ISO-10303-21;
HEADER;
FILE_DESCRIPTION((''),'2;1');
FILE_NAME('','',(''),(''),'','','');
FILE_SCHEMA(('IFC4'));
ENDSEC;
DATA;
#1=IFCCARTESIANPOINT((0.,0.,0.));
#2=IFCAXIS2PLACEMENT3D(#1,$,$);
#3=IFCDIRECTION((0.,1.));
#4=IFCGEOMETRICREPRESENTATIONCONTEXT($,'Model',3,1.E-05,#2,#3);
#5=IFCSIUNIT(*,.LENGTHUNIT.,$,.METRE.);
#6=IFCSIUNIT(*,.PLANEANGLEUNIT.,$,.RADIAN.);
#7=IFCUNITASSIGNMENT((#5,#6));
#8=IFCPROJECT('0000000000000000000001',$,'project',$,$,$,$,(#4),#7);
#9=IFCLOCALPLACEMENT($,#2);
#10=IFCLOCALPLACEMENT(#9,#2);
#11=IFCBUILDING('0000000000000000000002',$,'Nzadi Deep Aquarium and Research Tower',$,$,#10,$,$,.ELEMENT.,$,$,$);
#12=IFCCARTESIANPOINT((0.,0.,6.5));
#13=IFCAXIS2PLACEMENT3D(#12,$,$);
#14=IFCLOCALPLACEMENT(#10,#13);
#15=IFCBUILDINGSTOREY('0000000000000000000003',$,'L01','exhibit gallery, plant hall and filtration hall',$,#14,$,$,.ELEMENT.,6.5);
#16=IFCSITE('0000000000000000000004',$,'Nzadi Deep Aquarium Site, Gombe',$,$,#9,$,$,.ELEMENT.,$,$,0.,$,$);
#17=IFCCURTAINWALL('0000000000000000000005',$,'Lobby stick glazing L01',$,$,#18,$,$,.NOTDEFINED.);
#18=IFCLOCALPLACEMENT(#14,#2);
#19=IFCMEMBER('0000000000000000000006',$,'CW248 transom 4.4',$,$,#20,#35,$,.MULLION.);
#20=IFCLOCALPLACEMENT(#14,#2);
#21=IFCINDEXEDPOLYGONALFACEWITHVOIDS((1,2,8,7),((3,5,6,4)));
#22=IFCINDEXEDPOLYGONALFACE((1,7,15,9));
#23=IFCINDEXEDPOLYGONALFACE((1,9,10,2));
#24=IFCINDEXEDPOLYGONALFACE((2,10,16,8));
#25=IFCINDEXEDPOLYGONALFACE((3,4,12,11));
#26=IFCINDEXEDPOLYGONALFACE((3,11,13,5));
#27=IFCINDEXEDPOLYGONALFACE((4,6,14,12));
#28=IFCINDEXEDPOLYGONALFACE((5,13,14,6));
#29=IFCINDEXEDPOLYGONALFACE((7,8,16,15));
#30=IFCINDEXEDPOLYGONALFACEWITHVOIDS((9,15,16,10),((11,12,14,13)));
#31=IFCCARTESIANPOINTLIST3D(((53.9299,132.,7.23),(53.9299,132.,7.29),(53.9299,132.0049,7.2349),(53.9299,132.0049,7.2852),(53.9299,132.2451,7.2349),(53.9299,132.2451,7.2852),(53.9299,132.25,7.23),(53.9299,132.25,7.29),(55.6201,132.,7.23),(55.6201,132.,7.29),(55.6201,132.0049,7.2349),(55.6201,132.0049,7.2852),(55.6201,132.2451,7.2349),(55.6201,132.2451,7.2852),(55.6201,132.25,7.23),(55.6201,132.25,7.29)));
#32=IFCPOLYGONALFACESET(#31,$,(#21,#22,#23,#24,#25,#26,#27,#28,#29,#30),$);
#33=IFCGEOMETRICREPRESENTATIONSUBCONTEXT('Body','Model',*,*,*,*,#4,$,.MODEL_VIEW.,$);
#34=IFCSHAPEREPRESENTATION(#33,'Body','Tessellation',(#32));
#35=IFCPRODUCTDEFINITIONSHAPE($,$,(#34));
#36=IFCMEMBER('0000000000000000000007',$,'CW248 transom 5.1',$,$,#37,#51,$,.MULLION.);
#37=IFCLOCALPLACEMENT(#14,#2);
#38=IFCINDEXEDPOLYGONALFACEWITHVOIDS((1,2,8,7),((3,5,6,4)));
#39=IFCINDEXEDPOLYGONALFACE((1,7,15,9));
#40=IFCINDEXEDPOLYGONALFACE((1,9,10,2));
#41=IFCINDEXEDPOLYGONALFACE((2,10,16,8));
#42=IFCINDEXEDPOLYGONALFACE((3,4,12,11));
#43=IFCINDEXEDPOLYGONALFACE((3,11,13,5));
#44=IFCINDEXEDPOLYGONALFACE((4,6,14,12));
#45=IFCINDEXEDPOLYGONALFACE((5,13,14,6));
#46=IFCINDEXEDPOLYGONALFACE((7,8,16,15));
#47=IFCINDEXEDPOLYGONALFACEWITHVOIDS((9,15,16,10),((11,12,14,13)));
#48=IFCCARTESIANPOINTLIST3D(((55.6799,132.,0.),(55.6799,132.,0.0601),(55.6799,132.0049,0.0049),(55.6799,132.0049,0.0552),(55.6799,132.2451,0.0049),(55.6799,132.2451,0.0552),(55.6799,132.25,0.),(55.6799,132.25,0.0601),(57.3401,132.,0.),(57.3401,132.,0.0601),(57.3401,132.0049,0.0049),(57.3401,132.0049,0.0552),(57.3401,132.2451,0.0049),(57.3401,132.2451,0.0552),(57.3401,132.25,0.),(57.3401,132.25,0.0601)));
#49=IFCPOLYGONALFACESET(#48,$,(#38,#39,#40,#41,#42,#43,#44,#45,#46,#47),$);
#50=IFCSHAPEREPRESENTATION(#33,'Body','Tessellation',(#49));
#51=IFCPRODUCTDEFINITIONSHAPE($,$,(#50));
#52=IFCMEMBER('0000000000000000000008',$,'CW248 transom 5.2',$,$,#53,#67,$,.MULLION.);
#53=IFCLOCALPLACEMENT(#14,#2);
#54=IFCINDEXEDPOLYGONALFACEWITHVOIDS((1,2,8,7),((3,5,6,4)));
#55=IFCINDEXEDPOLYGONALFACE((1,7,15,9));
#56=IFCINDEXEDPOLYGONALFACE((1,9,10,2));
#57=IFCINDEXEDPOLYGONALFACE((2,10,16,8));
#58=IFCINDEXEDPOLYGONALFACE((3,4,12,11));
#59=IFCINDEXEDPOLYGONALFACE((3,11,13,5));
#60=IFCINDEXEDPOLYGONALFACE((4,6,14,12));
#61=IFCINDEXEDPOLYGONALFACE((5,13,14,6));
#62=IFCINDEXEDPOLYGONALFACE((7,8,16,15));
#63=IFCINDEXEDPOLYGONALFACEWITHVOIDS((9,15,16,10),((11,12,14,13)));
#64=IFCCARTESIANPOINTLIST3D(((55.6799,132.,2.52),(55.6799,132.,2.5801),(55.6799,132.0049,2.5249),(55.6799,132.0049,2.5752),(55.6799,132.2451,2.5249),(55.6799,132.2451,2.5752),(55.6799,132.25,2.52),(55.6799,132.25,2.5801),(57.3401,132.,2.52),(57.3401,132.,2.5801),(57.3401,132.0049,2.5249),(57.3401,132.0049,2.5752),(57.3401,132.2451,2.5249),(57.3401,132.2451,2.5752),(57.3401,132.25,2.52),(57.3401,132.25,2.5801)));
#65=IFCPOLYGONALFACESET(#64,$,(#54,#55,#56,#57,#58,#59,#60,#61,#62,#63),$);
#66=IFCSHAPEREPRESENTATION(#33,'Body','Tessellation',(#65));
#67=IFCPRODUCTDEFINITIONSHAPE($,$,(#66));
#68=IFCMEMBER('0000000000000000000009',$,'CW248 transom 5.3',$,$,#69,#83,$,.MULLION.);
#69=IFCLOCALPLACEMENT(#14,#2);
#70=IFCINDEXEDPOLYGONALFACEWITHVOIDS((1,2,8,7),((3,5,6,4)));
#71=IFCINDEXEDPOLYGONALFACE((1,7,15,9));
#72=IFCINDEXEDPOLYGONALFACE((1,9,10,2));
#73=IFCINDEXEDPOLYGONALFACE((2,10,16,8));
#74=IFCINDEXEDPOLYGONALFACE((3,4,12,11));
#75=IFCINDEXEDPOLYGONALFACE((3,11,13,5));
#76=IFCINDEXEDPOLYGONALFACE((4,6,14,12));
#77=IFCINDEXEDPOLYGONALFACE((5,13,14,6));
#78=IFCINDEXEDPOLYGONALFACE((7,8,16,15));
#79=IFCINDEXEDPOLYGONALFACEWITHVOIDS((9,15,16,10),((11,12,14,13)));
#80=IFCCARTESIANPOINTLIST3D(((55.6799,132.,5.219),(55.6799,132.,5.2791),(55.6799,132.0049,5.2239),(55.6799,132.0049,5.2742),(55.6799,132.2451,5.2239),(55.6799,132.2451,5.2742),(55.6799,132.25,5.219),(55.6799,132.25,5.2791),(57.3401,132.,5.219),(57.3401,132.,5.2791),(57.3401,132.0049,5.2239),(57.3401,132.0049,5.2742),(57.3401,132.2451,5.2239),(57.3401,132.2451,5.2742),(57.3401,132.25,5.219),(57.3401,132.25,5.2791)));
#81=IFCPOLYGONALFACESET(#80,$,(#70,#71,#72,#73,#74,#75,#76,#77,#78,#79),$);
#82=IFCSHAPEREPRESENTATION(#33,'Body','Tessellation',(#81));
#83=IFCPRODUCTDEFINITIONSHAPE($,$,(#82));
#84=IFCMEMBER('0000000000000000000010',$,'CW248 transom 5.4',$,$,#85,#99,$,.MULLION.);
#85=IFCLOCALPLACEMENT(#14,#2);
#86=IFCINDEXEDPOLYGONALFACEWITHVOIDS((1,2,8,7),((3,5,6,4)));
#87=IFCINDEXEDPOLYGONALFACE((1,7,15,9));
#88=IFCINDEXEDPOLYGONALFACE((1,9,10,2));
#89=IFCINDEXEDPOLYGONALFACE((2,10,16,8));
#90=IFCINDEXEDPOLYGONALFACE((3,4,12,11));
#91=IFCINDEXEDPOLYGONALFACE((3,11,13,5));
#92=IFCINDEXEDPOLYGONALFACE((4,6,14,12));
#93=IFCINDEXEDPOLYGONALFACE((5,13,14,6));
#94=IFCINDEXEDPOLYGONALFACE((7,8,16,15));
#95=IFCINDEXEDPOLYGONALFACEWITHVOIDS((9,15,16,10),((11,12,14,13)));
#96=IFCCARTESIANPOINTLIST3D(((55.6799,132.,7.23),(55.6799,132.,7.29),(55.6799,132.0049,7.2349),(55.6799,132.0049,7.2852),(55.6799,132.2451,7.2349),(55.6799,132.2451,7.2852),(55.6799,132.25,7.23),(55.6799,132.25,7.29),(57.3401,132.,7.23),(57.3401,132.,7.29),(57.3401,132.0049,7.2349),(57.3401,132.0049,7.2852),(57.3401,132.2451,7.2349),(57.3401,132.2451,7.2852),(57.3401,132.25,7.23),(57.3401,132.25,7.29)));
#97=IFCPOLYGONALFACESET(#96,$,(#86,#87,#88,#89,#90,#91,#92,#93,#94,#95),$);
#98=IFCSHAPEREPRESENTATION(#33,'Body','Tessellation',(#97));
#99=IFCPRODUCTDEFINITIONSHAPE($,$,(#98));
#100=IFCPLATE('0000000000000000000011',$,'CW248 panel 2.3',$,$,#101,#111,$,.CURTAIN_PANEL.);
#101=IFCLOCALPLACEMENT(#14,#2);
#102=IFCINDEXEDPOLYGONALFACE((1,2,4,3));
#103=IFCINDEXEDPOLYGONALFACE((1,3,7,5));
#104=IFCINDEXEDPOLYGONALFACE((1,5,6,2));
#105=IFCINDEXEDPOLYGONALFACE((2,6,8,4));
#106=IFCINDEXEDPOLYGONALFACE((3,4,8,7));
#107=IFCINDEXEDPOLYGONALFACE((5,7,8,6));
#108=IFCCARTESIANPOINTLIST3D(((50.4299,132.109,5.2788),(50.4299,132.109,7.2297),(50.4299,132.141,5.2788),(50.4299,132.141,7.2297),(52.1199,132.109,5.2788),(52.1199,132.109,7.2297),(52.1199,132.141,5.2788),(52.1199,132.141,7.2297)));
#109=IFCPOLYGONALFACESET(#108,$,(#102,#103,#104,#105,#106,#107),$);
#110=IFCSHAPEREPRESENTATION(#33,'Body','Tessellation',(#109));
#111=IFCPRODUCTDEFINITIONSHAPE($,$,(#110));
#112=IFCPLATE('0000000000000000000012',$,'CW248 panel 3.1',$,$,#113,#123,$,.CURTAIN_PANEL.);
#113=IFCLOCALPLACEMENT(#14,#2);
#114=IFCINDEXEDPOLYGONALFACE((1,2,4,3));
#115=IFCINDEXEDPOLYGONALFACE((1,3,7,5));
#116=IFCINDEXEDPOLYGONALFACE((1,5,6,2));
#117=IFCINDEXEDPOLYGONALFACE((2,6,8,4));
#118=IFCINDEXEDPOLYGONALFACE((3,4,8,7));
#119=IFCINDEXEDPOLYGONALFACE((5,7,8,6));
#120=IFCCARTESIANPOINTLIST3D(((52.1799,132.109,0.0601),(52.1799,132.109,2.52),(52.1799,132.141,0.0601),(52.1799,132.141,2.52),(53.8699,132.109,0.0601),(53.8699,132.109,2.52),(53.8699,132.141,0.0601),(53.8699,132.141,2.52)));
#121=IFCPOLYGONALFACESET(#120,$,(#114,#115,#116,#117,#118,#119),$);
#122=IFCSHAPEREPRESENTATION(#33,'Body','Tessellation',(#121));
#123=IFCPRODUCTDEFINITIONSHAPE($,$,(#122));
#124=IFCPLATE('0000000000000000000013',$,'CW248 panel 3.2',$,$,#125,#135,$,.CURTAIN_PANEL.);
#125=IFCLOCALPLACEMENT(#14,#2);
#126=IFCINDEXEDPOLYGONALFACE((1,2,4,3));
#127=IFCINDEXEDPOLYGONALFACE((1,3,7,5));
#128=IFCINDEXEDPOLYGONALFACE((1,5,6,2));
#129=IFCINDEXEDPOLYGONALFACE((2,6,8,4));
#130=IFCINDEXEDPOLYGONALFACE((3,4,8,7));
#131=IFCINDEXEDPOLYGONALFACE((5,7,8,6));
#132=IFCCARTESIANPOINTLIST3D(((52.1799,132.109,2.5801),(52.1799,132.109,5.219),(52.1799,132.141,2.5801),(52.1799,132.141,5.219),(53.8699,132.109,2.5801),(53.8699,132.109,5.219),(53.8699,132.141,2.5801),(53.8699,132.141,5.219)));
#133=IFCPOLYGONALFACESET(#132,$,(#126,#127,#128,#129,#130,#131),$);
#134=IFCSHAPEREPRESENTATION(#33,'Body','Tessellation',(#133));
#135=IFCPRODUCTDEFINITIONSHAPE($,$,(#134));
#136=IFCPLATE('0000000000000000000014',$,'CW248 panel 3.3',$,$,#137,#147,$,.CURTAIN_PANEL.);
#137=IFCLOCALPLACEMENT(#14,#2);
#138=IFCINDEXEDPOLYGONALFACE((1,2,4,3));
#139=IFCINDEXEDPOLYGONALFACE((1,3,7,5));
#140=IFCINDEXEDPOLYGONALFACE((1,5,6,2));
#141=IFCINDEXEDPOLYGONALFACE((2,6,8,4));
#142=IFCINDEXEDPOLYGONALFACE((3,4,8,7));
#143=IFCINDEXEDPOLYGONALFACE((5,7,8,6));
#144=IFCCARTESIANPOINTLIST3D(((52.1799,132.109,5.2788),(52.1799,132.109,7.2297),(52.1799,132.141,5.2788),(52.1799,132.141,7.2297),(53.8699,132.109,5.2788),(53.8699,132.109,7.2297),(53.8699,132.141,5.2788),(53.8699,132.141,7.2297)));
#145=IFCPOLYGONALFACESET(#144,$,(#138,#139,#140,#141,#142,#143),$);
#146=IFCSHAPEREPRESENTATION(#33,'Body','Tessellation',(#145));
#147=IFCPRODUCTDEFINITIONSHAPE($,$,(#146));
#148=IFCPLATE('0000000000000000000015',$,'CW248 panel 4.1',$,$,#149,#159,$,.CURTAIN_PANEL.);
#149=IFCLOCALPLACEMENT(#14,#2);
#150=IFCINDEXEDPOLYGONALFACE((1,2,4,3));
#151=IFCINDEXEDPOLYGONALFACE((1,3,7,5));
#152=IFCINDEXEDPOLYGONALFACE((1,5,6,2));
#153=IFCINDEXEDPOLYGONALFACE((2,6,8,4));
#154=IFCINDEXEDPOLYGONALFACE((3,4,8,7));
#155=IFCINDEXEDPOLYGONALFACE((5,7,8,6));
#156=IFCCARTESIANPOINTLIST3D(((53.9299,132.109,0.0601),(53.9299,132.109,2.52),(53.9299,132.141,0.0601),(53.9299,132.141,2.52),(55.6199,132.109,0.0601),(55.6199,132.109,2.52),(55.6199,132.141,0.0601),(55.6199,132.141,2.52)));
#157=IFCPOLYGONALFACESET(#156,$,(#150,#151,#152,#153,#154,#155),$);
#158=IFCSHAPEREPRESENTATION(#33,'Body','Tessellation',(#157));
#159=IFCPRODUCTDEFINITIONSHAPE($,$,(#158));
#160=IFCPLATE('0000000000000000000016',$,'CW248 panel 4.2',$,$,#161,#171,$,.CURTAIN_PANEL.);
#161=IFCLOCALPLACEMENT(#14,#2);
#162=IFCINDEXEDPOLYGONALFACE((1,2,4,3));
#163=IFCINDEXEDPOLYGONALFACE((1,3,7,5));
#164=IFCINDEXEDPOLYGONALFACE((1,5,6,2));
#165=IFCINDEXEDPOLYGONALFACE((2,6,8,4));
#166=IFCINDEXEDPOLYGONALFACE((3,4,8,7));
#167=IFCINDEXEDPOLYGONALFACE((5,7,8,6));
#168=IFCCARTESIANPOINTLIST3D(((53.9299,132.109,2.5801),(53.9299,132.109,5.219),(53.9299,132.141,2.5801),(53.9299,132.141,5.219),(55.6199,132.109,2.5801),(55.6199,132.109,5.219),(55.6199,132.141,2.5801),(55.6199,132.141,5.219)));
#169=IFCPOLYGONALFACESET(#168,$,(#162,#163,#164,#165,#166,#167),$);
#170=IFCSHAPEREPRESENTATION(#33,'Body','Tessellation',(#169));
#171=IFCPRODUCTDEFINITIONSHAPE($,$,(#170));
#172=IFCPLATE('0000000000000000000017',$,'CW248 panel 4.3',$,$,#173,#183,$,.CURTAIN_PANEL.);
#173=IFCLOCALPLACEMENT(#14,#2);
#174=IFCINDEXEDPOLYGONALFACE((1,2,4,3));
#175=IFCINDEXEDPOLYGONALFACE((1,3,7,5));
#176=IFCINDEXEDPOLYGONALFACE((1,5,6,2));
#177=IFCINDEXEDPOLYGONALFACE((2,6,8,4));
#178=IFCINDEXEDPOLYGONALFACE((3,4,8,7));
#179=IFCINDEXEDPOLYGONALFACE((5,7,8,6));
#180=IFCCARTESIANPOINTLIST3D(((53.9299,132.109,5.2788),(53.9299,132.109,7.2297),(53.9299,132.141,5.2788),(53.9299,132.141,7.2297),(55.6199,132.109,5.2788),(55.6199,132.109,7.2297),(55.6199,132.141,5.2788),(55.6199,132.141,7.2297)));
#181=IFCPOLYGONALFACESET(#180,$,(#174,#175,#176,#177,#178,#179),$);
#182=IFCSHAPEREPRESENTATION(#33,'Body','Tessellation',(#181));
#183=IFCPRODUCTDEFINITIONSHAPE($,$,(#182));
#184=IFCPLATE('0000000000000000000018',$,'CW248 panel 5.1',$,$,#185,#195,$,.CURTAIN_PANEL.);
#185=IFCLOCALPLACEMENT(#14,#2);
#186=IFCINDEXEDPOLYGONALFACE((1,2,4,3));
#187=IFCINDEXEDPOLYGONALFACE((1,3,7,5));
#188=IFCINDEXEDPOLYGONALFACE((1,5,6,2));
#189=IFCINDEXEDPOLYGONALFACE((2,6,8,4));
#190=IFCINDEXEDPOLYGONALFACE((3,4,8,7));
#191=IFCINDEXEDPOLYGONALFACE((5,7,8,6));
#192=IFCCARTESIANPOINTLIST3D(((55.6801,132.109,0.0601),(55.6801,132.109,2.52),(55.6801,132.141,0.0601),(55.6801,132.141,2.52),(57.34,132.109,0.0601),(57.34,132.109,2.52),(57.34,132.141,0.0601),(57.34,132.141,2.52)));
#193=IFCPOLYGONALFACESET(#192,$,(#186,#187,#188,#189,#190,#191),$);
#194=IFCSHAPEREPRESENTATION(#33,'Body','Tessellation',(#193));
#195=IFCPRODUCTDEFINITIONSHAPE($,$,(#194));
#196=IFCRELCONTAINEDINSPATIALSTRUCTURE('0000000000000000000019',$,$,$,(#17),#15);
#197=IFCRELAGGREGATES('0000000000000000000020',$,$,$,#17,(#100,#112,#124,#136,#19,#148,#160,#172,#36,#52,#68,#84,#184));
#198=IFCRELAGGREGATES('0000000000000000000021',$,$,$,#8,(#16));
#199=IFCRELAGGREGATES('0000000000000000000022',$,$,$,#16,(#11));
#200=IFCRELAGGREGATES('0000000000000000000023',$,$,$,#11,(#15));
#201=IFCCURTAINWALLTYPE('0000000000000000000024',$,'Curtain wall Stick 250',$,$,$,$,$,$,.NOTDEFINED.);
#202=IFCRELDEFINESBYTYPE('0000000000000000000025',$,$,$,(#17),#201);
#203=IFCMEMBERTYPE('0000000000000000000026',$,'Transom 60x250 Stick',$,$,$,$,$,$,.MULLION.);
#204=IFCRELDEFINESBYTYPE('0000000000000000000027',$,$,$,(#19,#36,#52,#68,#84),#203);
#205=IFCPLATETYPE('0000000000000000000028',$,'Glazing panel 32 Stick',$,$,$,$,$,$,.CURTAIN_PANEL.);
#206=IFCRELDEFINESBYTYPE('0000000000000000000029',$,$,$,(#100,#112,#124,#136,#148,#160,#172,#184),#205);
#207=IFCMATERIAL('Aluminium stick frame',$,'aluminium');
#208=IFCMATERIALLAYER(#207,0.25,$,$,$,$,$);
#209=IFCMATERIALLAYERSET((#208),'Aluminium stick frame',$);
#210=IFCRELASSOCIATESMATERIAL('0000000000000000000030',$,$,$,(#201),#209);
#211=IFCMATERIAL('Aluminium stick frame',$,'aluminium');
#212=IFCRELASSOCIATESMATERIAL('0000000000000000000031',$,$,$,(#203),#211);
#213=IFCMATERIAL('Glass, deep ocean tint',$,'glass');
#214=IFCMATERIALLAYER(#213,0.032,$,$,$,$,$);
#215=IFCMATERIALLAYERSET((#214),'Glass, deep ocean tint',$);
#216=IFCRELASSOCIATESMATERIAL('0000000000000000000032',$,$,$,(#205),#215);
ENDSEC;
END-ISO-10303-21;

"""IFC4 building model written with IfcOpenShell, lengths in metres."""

from ifc_helpers import new_model, si_unit, direction, frame, origin, origin_2d, place, context, subcontext, project, spatial, rectangle, hollow_rectangle, extrude, material, layer, layer_set, material_profile, profile_set, type_object, element, aggregate, save


model = new_model("IFC4")

# Units and contexts
model_context = context("Model", 3, precision=1e-05, world=origin(), true_north=direction((0.0, 1.0)))
body_context = subcontext(model_context, "Body", "Model", "MODEL_VIEW")
ifc_project = project(units=[si_unit("LENGTHUNIT", "METRE"), si_unit("PLANEANGLEUNIT", "RADIAN")], contexts=[model_context])

# Site, building, storey
site_placement = place(None, origin())
site = spatial("IfcSite", under=ifc_project, at=site_placement, Name="Nzadi Deep Aquarium Site, Gombe", CompositionType="ELEMENT", RefElevation=0.0)
building_placement = place(site_placement, origin())
building = spatial("IfcBuilding", under=site, at=building_placement, Name="Nzadi Deep Aquarium and Research Tower", CompositionType="ELEMENT")
storey_placement = place(building_placement, frame((0.0, 0.0, 6.5)))
storey = spatial("IfcBuildingStorey", under=building, at=storey_placement, Name="L01", Description="exhibit gallery, plant hall and filtration hall", CompositionType="ELEMENT", Elevation=6.5)

# Curtain wall, members, plates
ifc_material_1 = material(Name="Aluminium stick frame", Category="aluminium")
ifc_layer_1 = layer(ifc_material_1, 0.25)
ifc_layer_set_1 = layer_set([ifc_layer_1], Name="Aluminium stick frame")
curtain_wall_type = type_object("IfcCurtainWallType", Name="Curtain wall Stick 250", PredefinedType="NOTDEFINED", material=ifc_layer_set_1)
curtain_wall_placement = place(storey_placement, origin())
curtain_wall = element("IfcCurtainWall", 1, at=curtain_wall_placement, inside=storey, type_object=curtain_wall_type, Name="Lobby stick glazing L01", PredefinedType="NOTDEFINED")
ifc_material_2 = material(Name="Aluminium stick frame", Category="aluminium")
ifc_material_profile_1 = material_profile(ifc_material_2, hollow_rectangle(XDim=0.25, YDim=0.0601, WallThickness=0.0049, at=origin_2d()))
ifc_profile_set_1 = profile_set([ifc_material_profile_1], Name="Aluminium stick frame")
member_type_1 = type_object("IfcMemberType", Name="Transom 60x250 Stick", PredefinedType="MULLION", material=ifc_profile_set_1)
member_1_placement = place(storey_placement, frame((53.9299, 132.125, 7.26), z_axis=(1.0, 0.0, 0.0), x_axis=(0.0, 1.0, 0.0)))
member_1 = element("IfcMember", 2, at=member_1_placement, type_object=member_type_1, Name="CW248 transom 4.4", PredefinedType="MULLION", context=body_context, shape_type="SweptSolid", body=[
    extrude(hollow_rectangle(XDim=0.25, YDim=0.0601, WallThickness=0.0049, at=origin_2d()), origin(), (0.0, 0.0, 1.0), 1.6902),
])
member_2_placement = place(storey_placement, frame((55.6799, 132.125, 0.03), z_axis=(1.0, 0.0, 0.0), x_axis=(0.0, 1.0, 0.0)))
member_2 = element("IfcMember", 3, at=member_2_placement, type_object=member_type_1, Name="CW248 transom 5.1", PredefinedType="MULLION", context=body_context, shape_type="SweptSolid", body=[
    extrude(hollow_rectangle(XDim=0.25, YDim=0.0601, WallThickness=0.0049, at=origin_2d()), origin(), (0.0, 0.0, 1.0), 1.6602),
])
member_3_placement = place(storey_placement, frame((55.6799, 132.125, 2.55), z_axis=(1.0, 0.0, 0.0), x_axis=(0.0, 1.0, 0.0)))
member_3 = element("IfcMember", 4, at=member_3_placement, type_object=member_type_1, Name="CW248 transom 5.2", PredefinedType="MULLION", context=body_context, shape_type="SweptSolid", body=[
    extrude(hollow_rectangle(XDim=0.25, YDim=0.0601, WallThickness=0.0049, at=origin_2d()), origin(), (0.0, 0.0, 1.0), 1.6602),
])
member_4_placement = place(storey_placement, frame((55.6799, 132.125, 5.249), z_axis=(1.0, 0.0, 0.0), x_axis=(0.0, 1.0, 0.0)))
member_4 = element("IfcMember", 5, at=member_4_placement, type_object=member_type_1, Name="CW248 transom 5.3", PredefinedType="MULLION", context=body_context, shape_type="SweptSolid", body=[
    extrude(hollow_rectangle(XDim=0.25, YDim=0.0601, WallThickness=0.0049, at=origin_2d()), origin(), (0.0, 0.0, 1.0), 1.6602),
])
member_5_placement = place(storey_placement, frame((55.6799, 132.125, 7.26), z_axis=(1.0, 0.0, 0.0), x_axis=(0.0, 1.0, 0.0)))
member_5 = element("IfcMember", 6, at=member_5_placement, type_object=member_type_1, Name="CW248 transom 5.4", PredefinedType="MULLION", context=body_context, shape_type="SweptSolid", body=[
    extrude(hollow_rectangle(XDim=0.25, YDim=0.0601, WallThickness=0.0049, at=origin_2d()), origin(), (0.0, 0.0, 1.0), 1.6602),
])
ifc_material_3 = material(Name="Glass, deep ocean tint", Category="glass")
ifc_layer_2 = layer(ifc_material_3, 0.032)
ifc_layer_set_2 = layer_set([ifc_layer_2], Name="Glass, deep ocean tint")
plate_type = type_object("IfcPlateType", Name="Glazing panel 32 Stick", PredefinedType="CURTAIN_PANEL", material=ifc_layer_set_2)
plate_1_placement = place(storey_placement, frame((51.2749, 132.125, 5.2788), z_axis=(0.0, 0.0, 1.0), x_axis=(1.0, 0.0, 0.0)))
plate_1 = element("IfcPlate", 7, at=plate_1_placement, type_object=plate_type, Name="CW248 panel 2.3", PredefinedType="CURTAIN_PANEL", context=body_context, shape_type="SweptSolid", body=[
    extrude(rectangle(XDim=1.6899, YDim=0.032, at=origin_2d()), origin(), (0.0, 0.0, 1.0), 1.9509),
])
plate_2_placement = place(storey_placement, frame((53.0249, 132.125, 0.0601), z_axis=(0.0, 0.0, 1.0), x_axis=(1.0, 0.0, 0.0)))
plate_2 = element("IfcPlate", 8, at=plate_2_placement, type_object=plate_type, Name="CW248 panel 3.1", PredefinedType="CURTAIN_PANEL", context=body_context, shape_type="SweptSolid", body=[
    extrude(rectangle(XDim=1.6899, YDim=0.032, at=origin_2d()), origin(), (0.0, 0.0, 1.0), 2.46),
])
plate_3_placement = place(storey_placement, frame((53.0249, 132.125, 2.5801), z_axis=(0.0, 0.0, 1.0), x_axis=(1.0, 0.0, 0.0)))
plate_3 = element("IfcPlate", 9, at=plate_3_placement, type_object=plate_type, Name="CW248 panel 3.2", PredefinedType="CURTAIN_PANEL", context=body_context, shape_type="SweptSolid", body=[
    extrude(rectangle(XDim=1.6899, YDim=0.032, at=origin_2d()), origin(), (0.0, 0.0, 1.0), 2.6389),
])
plate_4_placement = place(storey_placement, frame((53.0249, 132.125, 5.2788), z_axis=(0.0, 0.0, 1.0), x_axis=(1.0, 0.0, 0.0)))
plate_4 = element("IfcPlate", 10, at=plate_4_placement, type_object=plate_type, Name="CW248 panel 3.3", PredefinedType="CURTAIN_PANEL", context=body_context, shape_type="SweptSolid", body=[
    extrude(rectangle(XDim=1.6899, YDim=0.032, at=origin_2d()), origin(), (0.0, 0.0, 1.0), 1.9509),
])
plate_5_placement = place(storey_placement, frame((54.7749, 132.125, 0.0601), z_axis=(0.0, 0.0, 1.0), x_axis=(1.0, 0.0, 0.0)))
plate_5 = element("IfcPlate", 11, at=plate_5_placement, type_object=plate_type, Name="CW248 panel 4.1", PredefinedType="CURTAIN_PANEL", context=body_context, shape_type="SweptSolid", body=[
    extrude(rectangle(XDim=1.6899, YDim=0.032, at=origin_2d()), origin(), (0.0, 0.0, 1.0), 2.46),
])
plate_6_placement = place(storey_placement, frame((54.7749, 132.125, 2.5801), z_axis=(0.0, 0.0, 1.0), x_axis=(1.0, 0.0, 0.0)))
plate_6 = element("IfcPlate", 12, at=plate_6_placement, type_object=plate_type, Name="CW248 panel 4.2", PredefinedType="CURTAIN_PANEL", context=body_context, shape_type="SweptSolid", body=[
    extrude(rectangle(XDim=1.6899, YDim=0.032, at=origin_2d()), origin(), (0.0, 0.0, 1.0), 2.6389),
])
plate_7_placement = place(storey_placement, frame((54.7749, 132.125, 5.2788), z_axis=(0.0, 0.0, 1.0), x_axis=(1.0, 0.0, 0.0)))
plate_7 = element("IfcPlate", 13, at=plate_7_placement, type_object=plate_type, Name="CW248 panel 4.3", PredefinedType="CURTAIN_PANEL", context=body_context, shape_type="SweptSolid", body=[
    extrude(rectangle(XDim=1.6899, YDim=0.032, at=origin_2d()), origin(), (0.0, 0.0, 1.0), 1.9509),
])
plate_8_placement = place(storey_placement, frame((56.51, 132.125, 0.0601), z_axis=(0.0, 0.0, 1.0), x_axis=(1.0, 0.0, 0.0)))
plate_8 = element("IfcPlate", 14, at=plate_8_placement, type_object=plate_type, Name="CW248 panel 5.1", PredefinedType="CURTAIN_PANEL", context=body_context, shape_type="SweptSolid", body=[
    extrude(rectangle(XDim=1.6599, YDim=0.032, at=origin_2d()), origin(), (0.0, 0.0, 1.0), 2.46),
])
aggregate(curtain_wall, [plate_1, plate_2, plate_3, plate_4, member_1, plate_5, plate_6, plate_7, member_2, member_3, member_4, member_5, plate_8])

save(model, "model.ifc")
